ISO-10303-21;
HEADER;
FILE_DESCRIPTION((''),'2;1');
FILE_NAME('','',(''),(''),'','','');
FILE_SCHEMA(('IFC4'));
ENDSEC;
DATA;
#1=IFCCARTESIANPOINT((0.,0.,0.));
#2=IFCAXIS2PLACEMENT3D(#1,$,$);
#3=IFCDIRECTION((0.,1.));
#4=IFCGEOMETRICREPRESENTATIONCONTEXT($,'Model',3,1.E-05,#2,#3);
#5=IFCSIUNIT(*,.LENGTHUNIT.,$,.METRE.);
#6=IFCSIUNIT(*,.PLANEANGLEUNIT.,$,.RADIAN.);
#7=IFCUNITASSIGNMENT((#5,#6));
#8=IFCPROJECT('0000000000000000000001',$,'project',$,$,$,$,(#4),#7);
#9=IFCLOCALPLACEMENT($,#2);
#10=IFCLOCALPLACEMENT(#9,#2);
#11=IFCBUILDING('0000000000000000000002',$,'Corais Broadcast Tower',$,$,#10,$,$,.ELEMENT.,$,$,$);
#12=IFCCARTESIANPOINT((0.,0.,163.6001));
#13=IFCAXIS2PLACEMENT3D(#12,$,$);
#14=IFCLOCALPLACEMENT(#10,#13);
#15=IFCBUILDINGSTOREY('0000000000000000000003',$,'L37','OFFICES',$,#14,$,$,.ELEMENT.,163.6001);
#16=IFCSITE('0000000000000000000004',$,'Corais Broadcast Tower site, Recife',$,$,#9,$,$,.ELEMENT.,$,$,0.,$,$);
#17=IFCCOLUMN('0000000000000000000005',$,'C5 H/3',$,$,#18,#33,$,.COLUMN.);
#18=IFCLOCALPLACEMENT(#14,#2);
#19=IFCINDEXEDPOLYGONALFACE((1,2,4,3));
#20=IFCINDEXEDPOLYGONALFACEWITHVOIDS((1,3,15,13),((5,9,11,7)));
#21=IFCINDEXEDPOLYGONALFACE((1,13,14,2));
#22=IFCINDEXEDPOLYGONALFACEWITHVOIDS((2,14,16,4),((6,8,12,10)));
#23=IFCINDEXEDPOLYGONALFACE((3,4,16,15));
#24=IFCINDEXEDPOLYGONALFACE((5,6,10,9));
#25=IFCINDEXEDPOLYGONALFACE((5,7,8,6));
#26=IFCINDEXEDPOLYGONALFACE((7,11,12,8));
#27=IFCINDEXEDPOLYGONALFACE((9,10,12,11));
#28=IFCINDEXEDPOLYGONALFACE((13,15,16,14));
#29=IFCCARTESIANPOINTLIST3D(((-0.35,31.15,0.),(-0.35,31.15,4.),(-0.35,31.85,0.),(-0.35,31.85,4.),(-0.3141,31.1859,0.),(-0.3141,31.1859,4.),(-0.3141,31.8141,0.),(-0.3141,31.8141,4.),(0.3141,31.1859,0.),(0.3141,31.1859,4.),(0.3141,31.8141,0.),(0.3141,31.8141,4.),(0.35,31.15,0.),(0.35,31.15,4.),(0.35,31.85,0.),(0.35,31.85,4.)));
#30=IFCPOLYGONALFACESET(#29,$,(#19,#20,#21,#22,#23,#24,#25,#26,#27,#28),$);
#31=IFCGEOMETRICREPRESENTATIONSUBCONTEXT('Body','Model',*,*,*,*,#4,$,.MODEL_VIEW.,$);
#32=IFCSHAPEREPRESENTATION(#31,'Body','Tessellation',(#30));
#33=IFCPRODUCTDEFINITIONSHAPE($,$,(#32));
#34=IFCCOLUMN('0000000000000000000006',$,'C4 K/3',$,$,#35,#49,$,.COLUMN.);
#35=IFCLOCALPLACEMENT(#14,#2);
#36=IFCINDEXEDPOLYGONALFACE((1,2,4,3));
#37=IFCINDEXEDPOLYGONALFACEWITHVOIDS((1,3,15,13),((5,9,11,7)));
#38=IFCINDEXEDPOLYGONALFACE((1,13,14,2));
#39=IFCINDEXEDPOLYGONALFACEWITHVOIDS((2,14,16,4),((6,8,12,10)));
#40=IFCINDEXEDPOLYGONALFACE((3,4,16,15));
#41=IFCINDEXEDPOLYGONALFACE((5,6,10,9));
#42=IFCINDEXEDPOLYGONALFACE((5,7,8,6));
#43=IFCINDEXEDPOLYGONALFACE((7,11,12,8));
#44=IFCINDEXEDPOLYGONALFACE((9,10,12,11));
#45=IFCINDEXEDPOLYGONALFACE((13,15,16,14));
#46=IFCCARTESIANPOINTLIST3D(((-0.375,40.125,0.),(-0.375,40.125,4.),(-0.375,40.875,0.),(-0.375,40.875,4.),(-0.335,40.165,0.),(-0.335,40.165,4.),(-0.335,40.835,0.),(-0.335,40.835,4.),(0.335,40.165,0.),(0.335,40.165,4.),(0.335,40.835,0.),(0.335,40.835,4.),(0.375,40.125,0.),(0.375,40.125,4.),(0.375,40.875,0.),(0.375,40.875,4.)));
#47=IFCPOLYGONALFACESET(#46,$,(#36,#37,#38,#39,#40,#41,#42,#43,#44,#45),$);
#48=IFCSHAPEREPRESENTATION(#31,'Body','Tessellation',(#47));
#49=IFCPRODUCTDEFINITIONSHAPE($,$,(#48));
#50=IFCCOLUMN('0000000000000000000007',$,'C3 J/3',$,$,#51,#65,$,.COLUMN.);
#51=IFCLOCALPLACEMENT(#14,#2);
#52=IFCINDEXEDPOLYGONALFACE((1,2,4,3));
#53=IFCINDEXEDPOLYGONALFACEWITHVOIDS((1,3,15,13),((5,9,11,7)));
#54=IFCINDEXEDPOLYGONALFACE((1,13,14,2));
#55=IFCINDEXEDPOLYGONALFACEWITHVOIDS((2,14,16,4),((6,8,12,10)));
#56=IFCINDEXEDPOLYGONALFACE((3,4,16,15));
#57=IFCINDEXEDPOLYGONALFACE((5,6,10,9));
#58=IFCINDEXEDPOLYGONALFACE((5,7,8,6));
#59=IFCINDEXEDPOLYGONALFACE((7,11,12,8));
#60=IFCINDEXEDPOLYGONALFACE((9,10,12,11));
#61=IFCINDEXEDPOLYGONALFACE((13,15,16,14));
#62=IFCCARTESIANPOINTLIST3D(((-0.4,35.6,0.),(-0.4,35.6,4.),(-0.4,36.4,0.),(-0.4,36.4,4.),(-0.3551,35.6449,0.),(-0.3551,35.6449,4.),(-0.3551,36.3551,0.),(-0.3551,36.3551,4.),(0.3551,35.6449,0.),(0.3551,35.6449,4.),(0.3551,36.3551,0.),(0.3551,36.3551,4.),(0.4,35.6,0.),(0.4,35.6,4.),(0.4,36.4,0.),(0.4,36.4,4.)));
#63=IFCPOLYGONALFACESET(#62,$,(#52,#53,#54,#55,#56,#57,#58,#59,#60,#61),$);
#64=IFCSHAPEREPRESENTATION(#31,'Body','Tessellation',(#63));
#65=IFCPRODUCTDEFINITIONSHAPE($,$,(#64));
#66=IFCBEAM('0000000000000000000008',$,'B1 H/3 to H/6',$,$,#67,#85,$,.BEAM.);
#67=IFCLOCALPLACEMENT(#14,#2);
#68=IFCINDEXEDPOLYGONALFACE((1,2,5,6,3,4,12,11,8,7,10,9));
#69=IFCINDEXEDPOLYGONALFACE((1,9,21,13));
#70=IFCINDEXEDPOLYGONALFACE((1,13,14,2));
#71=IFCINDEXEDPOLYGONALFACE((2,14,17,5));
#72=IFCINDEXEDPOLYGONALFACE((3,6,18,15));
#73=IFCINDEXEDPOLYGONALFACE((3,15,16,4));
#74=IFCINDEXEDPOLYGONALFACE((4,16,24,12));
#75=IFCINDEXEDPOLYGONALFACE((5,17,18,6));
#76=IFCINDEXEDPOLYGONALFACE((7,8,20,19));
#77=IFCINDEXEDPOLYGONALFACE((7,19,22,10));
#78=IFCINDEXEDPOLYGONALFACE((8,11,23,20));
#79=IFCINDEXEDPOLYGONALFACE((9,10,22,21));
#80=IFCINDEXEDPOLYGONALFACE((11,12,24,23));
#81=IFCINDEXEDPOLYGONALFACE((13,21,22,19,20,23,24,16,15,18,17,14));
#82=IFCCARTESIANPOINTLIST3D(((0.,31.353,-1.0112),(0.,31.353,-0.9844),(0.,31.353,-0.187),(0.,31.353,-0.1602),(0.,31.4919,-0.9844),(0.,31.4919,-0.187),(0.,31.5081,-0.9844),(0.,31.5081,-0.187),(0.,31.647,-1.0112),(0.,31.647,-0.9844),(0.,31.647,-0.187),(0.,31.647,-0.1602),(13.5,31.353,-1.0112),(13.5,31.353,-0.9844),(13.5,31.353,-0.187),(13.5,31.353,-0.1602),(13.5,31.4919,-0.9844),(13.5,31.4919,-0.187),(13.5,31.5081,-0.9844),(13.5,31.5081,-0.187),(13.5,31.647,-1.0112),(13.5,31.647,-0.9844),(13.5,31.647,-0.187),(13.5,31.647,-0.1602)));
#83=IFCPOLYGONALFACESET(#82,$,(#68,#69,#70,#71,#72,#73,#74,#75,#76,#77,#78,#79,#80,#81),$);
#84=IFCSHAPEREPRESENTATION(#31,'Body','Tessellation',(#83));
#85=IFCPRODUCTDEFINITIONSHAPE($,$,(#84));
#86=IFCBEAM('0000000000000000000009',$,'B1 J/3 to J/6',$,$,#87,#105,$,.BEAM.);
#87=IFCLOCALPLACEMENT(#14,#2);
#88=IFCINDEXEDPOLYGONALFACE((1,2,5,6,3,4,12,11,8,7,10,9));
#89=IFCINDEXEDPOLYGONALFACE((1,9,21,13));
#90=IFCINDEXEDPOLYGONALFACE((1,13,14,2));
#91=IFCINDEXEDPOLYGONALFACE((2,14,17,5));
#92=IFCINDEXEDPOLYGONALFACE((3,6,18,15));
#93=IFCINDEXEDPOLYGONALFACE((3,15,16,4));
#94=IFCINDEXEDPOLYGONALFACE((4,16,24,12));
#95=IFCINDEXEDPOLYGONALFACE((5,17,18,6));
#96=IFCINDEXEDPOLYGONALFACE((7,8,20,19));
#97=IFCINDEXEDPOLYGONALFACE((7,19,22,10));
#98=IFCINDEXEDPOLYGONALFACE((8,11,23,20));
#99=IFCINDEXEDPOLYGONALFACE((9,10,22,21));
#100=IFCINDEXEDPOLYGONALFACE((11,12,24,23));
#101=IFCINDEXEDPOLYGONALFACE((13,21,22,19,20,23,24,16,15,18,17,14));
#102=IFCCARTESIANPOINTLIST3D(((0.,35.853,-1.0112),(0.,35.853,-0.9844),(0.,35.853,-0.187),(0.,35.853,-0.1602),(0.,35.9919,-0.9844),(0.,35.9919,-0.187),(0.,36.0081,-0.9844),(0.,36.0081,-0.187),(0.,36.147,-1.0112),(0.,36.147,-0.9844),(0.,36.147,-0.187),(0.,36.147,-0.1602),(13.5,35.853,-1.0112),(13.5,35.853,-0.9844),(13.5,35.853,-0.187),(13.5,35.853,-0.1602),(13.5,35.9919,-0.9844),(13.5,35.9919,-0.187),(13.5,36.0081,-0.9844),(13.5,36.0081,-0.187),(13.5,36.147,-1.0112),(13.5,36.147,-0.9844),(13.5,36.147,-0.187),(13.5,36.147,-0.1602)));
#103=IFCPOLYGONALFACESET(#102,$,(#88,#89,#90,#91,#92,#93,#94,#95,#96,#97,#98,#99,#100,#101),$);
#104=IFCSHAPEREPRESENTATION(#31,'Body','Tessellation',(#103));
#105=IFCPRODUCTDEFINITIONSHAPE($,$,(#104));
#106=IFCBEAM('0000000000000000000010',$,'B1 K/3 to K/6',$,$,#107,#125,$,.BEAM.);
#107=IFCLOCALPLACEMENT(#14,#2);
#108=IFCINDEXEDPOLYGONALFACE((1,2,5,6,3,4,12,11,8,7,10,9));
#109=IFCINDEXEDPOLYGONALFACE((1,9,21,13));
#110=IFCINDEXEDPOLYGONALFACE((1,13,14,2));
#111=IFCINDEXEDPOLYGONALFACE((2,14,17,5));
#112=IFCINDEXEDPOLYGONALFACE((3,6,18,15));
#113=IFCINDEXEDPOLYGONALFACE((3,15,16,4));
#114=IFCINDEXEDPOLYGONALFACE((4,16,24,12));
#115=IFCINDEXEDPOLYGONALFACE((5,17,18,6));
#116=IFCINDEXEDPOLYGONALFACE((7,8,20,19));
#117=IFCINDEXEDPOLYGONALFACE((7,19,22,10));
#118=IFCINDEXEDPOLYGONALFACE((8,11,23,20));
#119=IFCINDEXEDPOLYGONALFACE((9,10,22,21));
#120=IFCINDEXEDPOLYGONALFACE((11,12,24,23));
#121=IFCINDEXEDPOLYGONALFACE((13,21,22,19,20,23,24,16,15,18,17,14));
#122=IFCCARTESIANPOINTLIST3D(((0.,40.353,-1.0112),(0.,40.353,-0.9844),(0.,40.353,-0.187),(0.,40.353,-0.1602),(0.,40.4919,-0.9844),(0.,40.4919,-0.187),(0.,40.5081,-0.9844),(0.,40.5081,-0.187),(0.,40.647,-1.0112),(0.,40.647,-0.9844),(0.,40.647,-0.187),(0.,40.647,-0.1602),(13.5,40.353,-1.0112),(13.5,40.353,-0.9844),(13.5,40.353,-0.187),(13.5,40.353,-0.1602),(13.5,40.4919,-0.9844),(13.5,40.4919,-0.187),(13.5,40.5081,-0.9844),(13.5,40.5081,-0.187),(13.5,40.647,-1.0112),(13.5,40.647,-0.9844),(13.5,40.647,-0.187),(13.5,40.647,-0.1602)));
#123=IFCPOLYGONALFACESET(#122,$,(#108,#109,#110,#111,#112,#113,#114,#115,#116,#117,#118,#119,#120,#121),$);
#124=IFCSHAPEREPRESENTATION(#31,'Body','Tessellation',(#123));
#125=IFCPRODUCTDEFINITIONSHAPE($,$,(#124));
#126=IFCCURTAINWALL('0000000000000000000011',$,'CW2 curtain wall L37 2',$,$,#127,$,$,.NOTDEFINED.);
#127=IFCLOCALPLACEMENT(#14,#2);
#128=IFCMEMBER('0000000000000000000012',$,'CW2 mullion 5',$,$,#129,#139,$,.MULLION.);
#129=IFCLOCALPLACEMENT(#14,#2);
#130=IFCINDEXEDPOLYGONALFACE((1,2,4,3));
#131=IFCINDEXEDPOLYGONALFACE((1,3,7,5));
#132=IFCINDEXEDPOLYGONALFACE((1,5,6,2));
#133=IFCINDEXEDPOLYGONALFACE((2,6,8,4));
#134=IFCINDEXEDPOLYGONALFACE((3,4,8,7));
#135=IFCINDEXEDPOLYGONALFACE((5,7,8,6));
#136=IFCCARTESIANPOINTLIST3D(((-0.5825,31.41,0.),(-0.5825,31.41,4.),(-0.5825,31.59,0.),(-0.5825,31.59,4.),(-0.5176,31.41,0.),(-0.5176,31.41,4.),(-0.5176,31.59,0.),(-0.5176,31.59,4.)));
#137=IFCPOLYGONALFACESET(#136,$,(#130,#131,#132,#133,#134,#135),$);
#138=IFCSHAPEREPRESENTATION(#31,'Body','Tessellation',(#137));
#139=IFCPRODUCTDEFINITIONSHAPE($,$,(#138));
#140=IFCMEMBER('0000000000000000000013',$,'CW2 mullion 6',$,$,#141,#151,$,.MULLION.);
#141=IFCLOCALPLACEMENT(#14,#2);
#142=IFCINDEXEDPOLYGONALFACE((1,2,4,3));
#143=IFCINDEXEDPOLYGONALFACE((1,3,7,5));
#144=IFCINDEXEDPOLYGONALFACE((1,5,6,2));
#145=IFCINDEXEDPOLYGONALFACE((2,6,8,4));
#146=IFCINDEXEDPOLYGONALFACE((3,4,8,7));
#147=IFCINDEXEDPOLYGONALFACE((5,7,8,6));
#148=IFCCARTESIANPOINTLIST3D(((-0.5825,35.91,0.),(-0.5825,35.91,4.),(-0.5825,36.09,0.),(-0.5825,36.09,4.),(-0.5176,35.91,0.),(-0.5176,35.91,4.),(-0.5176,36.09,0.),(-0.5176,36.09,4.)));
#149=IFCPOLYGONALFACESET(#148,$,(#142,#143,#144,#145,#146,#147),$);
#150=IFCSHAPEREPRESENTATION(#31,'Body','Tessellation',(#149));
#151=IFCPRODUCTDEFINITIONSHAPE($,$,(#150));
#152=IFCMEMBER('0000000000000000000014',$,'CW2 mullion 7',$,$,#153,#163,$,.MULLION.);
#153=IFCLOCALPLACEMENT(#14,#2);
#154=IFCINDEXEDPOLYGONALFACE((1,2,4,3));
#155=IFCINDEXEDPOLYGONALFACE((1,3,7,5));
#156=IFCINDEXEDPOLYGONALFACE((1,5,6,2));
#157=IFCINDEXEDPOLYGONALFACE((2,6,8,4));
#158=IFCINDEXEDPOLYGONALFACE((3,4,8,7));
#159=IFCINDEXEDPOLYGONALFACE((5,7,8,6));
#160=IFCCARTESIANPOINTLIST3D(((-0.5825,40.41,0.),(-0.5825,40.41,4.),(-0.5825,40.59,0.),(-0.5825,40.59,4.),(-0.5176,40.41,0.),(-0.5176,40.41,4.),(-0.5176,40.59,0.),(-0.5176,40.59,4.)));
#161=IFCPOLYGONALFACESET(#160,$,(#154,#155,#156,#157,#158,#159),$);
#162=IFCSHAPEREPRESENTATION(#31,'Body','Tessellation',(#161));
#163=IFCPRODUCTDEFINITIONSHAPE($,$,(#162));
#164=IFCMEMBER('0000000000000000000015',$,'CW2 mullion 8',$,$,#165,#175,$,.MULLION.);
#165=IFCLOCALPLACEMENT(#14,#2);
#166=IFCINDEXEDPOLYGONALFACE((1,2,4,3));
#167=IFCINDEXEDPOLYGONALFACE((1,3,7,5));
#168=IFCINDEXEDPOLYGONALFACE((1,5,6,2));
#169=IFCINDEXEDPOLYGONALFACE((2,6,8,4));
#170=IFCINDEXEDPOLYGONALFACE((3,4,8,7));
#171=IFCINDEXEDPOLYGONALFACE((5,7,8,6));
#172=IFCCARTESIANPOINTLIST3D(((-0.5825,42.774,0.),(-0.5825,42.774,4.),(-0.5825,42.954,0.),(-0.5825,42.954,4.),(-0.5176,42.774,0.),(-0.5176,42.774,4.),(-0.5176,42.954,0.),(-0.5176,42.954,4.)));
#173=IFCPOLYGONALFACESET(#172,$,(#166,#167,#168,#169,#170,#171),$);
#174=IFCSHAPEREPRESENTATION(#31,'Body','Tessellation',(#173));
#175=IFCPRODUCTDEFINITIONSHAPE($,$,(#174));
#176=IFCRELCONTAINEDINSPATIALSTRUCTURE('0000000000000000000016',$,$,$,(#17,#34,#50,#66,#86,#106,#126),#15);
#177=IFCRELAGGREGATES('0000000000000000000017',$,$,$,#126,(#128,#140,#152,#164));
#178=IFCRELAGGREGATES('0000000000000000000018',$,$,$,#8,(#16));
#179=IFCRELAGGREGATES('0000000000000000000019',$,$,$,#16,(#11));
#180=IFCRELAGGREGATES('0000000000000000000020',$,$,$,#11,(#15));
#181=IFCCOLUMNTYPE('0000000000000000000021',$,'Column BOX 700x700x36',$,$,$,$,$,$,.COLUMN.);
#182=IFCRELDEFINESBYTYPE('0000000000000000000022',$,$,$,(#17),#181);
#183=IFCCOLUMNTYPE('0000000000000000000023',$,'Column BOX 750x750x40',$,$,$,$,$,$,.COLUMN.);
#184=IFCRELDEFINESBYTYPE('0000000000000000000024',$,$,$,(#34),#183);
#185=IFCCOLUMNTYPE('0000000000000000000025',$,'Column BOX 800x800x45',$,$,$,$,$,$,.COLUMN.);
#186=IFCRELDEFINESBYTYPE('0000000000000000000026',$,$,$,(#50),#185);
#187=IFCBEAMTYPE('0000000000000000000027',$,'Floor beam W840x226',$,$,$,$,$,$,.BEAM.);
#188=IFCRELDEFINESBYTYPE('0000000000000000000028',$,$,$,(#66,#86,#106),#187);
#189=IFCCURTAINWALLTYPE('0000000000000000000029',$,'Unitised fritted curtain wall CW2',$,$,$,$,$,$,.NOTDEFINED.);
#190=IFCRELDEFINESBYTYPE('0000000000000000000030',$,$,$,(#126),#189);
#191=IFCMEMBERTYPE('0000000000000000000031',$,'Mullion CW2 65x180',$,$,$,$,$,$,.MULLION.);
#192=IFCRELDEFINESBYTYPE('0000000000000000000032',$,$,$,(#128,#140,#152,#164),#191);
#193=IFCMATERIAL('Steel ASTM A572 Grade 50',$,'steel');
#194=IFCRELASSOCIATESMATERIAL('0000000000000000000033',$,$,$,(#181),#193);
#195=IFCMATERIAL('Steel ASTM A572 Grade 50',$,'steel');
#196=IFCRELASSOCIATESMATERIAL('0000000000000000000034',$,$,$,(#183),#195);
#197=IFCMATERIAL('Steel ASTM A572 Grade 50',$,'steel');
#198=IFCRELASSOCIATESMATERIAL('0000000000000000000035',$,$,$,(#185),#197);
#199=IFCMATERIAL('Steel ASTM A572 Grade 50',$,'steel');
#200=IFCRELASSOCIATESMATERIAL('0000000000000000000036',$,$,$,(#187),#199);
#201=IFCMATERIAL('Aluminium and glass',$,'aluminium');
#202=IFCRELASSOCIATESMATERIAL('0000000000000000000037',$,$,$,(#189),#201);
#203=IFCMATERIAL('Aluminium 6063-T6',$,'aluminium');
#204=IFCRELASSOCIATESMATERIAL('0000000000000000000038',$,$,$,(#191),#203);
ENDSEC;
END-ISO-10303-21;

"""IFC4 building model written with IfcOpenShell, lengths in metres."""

from ifc_helpers import new_model, si_unit, direction, frame, origin, origin_2d, place, context, subcontext, project, spatial, rectangle, hollow_rectangle, i_section, extrude, material, material_profile, profile_set, type_object, element, aggregate, save


model = new_model("IFC4")

# Units and contexts
model_context = context("Model", 3, precision=1e-05, world=origin(), true_north=direction((0.0, 1.0)))
body_context = subcontext(model_context, "Body", "Model", "MODEL_VIEW")
ifc_project = project(units=[si_unit("LENGTHUNIT", "METRE"), si_unit("PLANEANGLEUNIT", "RADIAN")], contexts=[model_context])

# Site, building, storey
site_placement = place(None, origin())
site = spatial("IfcSite", under=ifc_project, at=site_placement, Name="Corais Broadcast Tower site, Recife", CompositionType="ELEMENT", RefElevation=0.0)
building_placement = place(site_placement, origin())
building = spatial("IfcBuilding", under=site, at=building_placement, Name="Corais Broadcast Tower", CompositionType="ELEMENT")
storey_placement = place(building_placement, frame((0.0, 0.0, 163.6001)))
storey = spatial("IfcBuildingStorey", under=building, at=storey_placement, Name="L37", Description="OFFICES", CompositionType="ELEMENT", Elevation=163.6001)

# Columns
ifc_material_1 = material(Name="Steel ASTM A572 Grade 50", Category="steel")
ifc_material_profile_1 = material_profile(ifc_material_1, hollow_rectangle(XDim=0.7, YDim=0.7, WallThickness=0.0359, at=origin_2d()), Name="BOX 700x700x36")
ifc_profile_set_1 = profile_set([ifc_material_profile_1], Name="Steel ASTM A572 Grade 50")
column_type_1 = type_object("IfcColumnType", Name="Column BOX 700x700x36", PredefinedType="COLUMN", material=ifc_profile_set_1)
column_1_placement = place(storey_placement, frame((0.0, 31.5, 0.0), z_axis=(0.0, 0.0, 1.0), x_axis=(1.0, 0.0, 0.0)))
element("IfcColumn", 1, at=column_1_placement, inside=storey, type_object=column_type_1, Name="C5 H/3", PredefinedType="COLUMN", context=body_context, shape_type="SweptSolid", body=[
    extrude(hollow_rectangle(XDim=0.7, YDim=0.7, WallThickness=0.0359, at=origin_2d()), origin(), (0.0, 0.0, 1.0), 4.0),
])
ifc_material_2 = material(Name="Steel ASTM A572 Grade 50", Category="steel")
ifc_material_profile_2 = material_profile(ifc_material_2, hollow_rectangle(XDim=0.75, YDim=0.75, WallThickness=0.04, at=origin_2d()), Name="BOX 750x750x40")
ifc_profile_set_2 = profile_set([ifc_material_profile_2], Name="Steel ASTM A572 Grade 50")
column_type_2 = type_object("IfcColumnType", Name="Column BOX 750x750x40", PredefinedType="COLUMN", material=ifc_profile_set_2)
column_2_placement = place(storey_placement, frame((0.0, 40.5, 0.0), z_axis=(0.0, 0.0, 1.0), x_axis=(1.0, 0.0, 0.0)))
element("IfcColumn", 2, at=column_2_placement, inside=storey, type_object=column_type_2, Name="C4 K/3", PredefinedType="COLUMN", context=body_context, shape_type="SweptSolid", body=[
    extrude(hollow_rectangle(XDim=0.75, YDim=0.75, WallThickness=0.04, at=origin_2d()), origin(), (0.0, 0.0, 1.0), 4.0),
])
ifc_material_3 = material(Name="Steel ASTM A572 Grade 50", Category="steel")
ifc_material_profile_3 = material_profile(ifc_material_3, hollow_rectangle(XDim=0.8, YDim=0.8, WallThickness=0.0449, at=origin_2d()), Name="BOX 800x800x45")
ifc_profile_set_3 = profile_set([ifc_material_profile_3], Name="Steel ASTM A572 Grade 50")
column_type_3 = type_object("IfcColumnType", Name="Column BOX 800x800x45", PredefinedType="COLUMN", material=ifc_profile_set_3)
column_3_placement = place(storey_placement, frame((0.0, 36.0, 0.0), z_axis=(0.0, 0.0, 1.0), x_axis=(1.0, 0.0, 0.0)))
element("IfcColumn", 3, at=column_3_placement, inside=storey, type_object=column_type_3, Name="C3 J/3", PredefinedType="COLUMN", context=body_context, shape_type="SweptSolid", body=[
    extrude(hollow_rectangle(XDim=0.8, YDim=0.8, WallThickness=0.0449, at=origin_2d()), origin(), (0.0, 0.0, 1.0), 4.0),
])

# Beams
ifc_material_4 = material(Name="Steel ASTM A572 Grade 50", Category="steel")
ifc_material_profile_4 = material_profile(ifc_material_4, i_section(OverallWidth=0.2939, OverallDepth=0.8511, WebThickness=0.0161, FlangeThickness=0.0269, at=origin_2d()), Name="W840x226")
ifc_profile_set_4 = profile_set([ifc_material_profile_4], Name="Steel ASTM A572 Grade 50")
beam_type_1 = type_object("IfcBeamType", Name="Floor beam W840x226", PredefinedType="BEAM", material=ifc_profile_set_4)
for number, where, z_axis, x_axis, name in (
    (4, (0.0, 31.5, -0.5857), (1.0, 0.0, 0.0), (0.0, 1.0, 0.0), "B1 H/3 to H/6"),
    (5, (0.0, 36.0, -0.5857), (1.0, 0.0, 0.0), (0.0, 1.0, 0.0), "B1 J/3 to J/6"),
    (6, (0.0, 40.5, -0.5857), (1.0, 0.0, 0.0), (0.0, 1.0, 0.0), "B1 K/3 to K/6"),
):
    element("IfcBeam", number, at=place(storey_placement, frame(where, z_axis=z_axis, x_axis=x_axis)), inside=storey, type_object=beam_type_1, Name=name, PredefinedType="BEAM", context=body_context, shape_type="SweptSolid", body=[
        extrude(i_section(OverallWidth=0.2939, OverallDepth=0.8511, WebThickness=0.0161, FlangeThickness=0.0269, at=origin_2d()), origin(), (0.0, 0.0, 1.0), 13.5),
    ])

# Curtain wall, members
ifc_material_5 = material(Name="Aluminium and glass", Category="aluminium")
curtain_wall_type = type_object("IfcCurtainWallType", Name="Unitised fritted curtain wall CW2", PredefinedType="NOTDEFINED", material=ifc_material_5)
curtain_wall_placement = place(storey_placement, origin())
curtain_wall = element("IfcCurtainWall", 7, at=curtain_wall_placement, inside=storey, type_object=curtain_wall_type, Name="CW2 curtain wall L37 2", PredefinedType="NOTDEFINED")
ifc_material_6 = material(Name="Aluminium 6063-T6", Category="aluminium")
ifc_material_profile_5 = material_profile(ifc_material_6, rectangle(XDim=0.0649, YDim=0.1799, at=origin_2d()), Name="Mullion CW2 65x180")
ifc_profile_set_5 = profile_set([ifc_material_profile_5], Name="Aluminium 6063-T6")
member_type_1 = type_object("IfcMemberType", Name="Mullion CW2 65x180", PredefinedType="MULLION", material=ifc_profile_set_5)
member_1_placement = place(storey_placement, frame((-0.55, 31.5, 0.0), z_axis=(0.0, 0.0, 1.0), x_axis=(-1.0, 0.0, 0.0)))
member_1 = element("IfcMember", 8, at=member_1_placement, type_object=member_type_1, Name="CW2 mullion 5", PredefinedType="MULLION", context=body_context, shape_type="SweptSolid", body=[
    extrude(rectangle(XDim=0.0649, YDim=0.1799, at=origin_2d()), origin(), (0.0, 0.0, 1.0), 4.0),
])
member_2_placement = place(storey_placement, frame((-0.55, 36.0, 0.0), z_axis=(0.0, 0.0, 1.0), x_axis=(-1.0, 0.0, 0.0)))
member_2 = element("IfcMember", 9, at=member_2_placement, type_object=member_type_1, Name="CW2 mullion 6", PredefinedType="MULLION", context=body_context, shape_type="SweptSolid", body=[
    extrude(rectangle(XDim=0.0649, YDim=0.1799, at=origin_2d()), origin(), (0.0, 0.0, 1.0), 4.0),
])
member_3_placement = place(storey_placement, frame((-0.55, 40.5, 0.0), z_axis=(0.0, 0.0, 1.0), x_axis=(-1.0, 0.0, 0.0)))
member_3 = element("IfcMember", 10, at=member_3_placement, type_object=member_type_1, Name="CW2 mullion 7", PredefinedType="MULLION", context=body_context, shape_type="SweptSolid", body=[
    extrude(rectangle(XDim=0.0649, YDim=0.1799, at=origin_2d()), origin(), (0.0, 0.0, 1.0), 4.0),
])
member_4_placement = place(storey_placement, frame((-0.55, 42.864, 0.0), z_axis=(0.0, 0.0, 1.0), x_axis=(-1.0, 0.0, 0.0)))
member_4 = element("IfcMember", 11, at=member_4_placement, type_object=member_type_1, Name="CW2 mullion 8", PredefinedType="MULLION", context=body_context, shape_type="SweptSolid", body=[
    extrude(rectangle(XDim=0.0649, YDim=0.1799, at=origin_2d()), origin(), (0.0, 0.0, 1.0), 4.0),
])

aggregate(curtain_wall, [member_1, member_2, member_3, member_4])

save(model, "model.ifc")
